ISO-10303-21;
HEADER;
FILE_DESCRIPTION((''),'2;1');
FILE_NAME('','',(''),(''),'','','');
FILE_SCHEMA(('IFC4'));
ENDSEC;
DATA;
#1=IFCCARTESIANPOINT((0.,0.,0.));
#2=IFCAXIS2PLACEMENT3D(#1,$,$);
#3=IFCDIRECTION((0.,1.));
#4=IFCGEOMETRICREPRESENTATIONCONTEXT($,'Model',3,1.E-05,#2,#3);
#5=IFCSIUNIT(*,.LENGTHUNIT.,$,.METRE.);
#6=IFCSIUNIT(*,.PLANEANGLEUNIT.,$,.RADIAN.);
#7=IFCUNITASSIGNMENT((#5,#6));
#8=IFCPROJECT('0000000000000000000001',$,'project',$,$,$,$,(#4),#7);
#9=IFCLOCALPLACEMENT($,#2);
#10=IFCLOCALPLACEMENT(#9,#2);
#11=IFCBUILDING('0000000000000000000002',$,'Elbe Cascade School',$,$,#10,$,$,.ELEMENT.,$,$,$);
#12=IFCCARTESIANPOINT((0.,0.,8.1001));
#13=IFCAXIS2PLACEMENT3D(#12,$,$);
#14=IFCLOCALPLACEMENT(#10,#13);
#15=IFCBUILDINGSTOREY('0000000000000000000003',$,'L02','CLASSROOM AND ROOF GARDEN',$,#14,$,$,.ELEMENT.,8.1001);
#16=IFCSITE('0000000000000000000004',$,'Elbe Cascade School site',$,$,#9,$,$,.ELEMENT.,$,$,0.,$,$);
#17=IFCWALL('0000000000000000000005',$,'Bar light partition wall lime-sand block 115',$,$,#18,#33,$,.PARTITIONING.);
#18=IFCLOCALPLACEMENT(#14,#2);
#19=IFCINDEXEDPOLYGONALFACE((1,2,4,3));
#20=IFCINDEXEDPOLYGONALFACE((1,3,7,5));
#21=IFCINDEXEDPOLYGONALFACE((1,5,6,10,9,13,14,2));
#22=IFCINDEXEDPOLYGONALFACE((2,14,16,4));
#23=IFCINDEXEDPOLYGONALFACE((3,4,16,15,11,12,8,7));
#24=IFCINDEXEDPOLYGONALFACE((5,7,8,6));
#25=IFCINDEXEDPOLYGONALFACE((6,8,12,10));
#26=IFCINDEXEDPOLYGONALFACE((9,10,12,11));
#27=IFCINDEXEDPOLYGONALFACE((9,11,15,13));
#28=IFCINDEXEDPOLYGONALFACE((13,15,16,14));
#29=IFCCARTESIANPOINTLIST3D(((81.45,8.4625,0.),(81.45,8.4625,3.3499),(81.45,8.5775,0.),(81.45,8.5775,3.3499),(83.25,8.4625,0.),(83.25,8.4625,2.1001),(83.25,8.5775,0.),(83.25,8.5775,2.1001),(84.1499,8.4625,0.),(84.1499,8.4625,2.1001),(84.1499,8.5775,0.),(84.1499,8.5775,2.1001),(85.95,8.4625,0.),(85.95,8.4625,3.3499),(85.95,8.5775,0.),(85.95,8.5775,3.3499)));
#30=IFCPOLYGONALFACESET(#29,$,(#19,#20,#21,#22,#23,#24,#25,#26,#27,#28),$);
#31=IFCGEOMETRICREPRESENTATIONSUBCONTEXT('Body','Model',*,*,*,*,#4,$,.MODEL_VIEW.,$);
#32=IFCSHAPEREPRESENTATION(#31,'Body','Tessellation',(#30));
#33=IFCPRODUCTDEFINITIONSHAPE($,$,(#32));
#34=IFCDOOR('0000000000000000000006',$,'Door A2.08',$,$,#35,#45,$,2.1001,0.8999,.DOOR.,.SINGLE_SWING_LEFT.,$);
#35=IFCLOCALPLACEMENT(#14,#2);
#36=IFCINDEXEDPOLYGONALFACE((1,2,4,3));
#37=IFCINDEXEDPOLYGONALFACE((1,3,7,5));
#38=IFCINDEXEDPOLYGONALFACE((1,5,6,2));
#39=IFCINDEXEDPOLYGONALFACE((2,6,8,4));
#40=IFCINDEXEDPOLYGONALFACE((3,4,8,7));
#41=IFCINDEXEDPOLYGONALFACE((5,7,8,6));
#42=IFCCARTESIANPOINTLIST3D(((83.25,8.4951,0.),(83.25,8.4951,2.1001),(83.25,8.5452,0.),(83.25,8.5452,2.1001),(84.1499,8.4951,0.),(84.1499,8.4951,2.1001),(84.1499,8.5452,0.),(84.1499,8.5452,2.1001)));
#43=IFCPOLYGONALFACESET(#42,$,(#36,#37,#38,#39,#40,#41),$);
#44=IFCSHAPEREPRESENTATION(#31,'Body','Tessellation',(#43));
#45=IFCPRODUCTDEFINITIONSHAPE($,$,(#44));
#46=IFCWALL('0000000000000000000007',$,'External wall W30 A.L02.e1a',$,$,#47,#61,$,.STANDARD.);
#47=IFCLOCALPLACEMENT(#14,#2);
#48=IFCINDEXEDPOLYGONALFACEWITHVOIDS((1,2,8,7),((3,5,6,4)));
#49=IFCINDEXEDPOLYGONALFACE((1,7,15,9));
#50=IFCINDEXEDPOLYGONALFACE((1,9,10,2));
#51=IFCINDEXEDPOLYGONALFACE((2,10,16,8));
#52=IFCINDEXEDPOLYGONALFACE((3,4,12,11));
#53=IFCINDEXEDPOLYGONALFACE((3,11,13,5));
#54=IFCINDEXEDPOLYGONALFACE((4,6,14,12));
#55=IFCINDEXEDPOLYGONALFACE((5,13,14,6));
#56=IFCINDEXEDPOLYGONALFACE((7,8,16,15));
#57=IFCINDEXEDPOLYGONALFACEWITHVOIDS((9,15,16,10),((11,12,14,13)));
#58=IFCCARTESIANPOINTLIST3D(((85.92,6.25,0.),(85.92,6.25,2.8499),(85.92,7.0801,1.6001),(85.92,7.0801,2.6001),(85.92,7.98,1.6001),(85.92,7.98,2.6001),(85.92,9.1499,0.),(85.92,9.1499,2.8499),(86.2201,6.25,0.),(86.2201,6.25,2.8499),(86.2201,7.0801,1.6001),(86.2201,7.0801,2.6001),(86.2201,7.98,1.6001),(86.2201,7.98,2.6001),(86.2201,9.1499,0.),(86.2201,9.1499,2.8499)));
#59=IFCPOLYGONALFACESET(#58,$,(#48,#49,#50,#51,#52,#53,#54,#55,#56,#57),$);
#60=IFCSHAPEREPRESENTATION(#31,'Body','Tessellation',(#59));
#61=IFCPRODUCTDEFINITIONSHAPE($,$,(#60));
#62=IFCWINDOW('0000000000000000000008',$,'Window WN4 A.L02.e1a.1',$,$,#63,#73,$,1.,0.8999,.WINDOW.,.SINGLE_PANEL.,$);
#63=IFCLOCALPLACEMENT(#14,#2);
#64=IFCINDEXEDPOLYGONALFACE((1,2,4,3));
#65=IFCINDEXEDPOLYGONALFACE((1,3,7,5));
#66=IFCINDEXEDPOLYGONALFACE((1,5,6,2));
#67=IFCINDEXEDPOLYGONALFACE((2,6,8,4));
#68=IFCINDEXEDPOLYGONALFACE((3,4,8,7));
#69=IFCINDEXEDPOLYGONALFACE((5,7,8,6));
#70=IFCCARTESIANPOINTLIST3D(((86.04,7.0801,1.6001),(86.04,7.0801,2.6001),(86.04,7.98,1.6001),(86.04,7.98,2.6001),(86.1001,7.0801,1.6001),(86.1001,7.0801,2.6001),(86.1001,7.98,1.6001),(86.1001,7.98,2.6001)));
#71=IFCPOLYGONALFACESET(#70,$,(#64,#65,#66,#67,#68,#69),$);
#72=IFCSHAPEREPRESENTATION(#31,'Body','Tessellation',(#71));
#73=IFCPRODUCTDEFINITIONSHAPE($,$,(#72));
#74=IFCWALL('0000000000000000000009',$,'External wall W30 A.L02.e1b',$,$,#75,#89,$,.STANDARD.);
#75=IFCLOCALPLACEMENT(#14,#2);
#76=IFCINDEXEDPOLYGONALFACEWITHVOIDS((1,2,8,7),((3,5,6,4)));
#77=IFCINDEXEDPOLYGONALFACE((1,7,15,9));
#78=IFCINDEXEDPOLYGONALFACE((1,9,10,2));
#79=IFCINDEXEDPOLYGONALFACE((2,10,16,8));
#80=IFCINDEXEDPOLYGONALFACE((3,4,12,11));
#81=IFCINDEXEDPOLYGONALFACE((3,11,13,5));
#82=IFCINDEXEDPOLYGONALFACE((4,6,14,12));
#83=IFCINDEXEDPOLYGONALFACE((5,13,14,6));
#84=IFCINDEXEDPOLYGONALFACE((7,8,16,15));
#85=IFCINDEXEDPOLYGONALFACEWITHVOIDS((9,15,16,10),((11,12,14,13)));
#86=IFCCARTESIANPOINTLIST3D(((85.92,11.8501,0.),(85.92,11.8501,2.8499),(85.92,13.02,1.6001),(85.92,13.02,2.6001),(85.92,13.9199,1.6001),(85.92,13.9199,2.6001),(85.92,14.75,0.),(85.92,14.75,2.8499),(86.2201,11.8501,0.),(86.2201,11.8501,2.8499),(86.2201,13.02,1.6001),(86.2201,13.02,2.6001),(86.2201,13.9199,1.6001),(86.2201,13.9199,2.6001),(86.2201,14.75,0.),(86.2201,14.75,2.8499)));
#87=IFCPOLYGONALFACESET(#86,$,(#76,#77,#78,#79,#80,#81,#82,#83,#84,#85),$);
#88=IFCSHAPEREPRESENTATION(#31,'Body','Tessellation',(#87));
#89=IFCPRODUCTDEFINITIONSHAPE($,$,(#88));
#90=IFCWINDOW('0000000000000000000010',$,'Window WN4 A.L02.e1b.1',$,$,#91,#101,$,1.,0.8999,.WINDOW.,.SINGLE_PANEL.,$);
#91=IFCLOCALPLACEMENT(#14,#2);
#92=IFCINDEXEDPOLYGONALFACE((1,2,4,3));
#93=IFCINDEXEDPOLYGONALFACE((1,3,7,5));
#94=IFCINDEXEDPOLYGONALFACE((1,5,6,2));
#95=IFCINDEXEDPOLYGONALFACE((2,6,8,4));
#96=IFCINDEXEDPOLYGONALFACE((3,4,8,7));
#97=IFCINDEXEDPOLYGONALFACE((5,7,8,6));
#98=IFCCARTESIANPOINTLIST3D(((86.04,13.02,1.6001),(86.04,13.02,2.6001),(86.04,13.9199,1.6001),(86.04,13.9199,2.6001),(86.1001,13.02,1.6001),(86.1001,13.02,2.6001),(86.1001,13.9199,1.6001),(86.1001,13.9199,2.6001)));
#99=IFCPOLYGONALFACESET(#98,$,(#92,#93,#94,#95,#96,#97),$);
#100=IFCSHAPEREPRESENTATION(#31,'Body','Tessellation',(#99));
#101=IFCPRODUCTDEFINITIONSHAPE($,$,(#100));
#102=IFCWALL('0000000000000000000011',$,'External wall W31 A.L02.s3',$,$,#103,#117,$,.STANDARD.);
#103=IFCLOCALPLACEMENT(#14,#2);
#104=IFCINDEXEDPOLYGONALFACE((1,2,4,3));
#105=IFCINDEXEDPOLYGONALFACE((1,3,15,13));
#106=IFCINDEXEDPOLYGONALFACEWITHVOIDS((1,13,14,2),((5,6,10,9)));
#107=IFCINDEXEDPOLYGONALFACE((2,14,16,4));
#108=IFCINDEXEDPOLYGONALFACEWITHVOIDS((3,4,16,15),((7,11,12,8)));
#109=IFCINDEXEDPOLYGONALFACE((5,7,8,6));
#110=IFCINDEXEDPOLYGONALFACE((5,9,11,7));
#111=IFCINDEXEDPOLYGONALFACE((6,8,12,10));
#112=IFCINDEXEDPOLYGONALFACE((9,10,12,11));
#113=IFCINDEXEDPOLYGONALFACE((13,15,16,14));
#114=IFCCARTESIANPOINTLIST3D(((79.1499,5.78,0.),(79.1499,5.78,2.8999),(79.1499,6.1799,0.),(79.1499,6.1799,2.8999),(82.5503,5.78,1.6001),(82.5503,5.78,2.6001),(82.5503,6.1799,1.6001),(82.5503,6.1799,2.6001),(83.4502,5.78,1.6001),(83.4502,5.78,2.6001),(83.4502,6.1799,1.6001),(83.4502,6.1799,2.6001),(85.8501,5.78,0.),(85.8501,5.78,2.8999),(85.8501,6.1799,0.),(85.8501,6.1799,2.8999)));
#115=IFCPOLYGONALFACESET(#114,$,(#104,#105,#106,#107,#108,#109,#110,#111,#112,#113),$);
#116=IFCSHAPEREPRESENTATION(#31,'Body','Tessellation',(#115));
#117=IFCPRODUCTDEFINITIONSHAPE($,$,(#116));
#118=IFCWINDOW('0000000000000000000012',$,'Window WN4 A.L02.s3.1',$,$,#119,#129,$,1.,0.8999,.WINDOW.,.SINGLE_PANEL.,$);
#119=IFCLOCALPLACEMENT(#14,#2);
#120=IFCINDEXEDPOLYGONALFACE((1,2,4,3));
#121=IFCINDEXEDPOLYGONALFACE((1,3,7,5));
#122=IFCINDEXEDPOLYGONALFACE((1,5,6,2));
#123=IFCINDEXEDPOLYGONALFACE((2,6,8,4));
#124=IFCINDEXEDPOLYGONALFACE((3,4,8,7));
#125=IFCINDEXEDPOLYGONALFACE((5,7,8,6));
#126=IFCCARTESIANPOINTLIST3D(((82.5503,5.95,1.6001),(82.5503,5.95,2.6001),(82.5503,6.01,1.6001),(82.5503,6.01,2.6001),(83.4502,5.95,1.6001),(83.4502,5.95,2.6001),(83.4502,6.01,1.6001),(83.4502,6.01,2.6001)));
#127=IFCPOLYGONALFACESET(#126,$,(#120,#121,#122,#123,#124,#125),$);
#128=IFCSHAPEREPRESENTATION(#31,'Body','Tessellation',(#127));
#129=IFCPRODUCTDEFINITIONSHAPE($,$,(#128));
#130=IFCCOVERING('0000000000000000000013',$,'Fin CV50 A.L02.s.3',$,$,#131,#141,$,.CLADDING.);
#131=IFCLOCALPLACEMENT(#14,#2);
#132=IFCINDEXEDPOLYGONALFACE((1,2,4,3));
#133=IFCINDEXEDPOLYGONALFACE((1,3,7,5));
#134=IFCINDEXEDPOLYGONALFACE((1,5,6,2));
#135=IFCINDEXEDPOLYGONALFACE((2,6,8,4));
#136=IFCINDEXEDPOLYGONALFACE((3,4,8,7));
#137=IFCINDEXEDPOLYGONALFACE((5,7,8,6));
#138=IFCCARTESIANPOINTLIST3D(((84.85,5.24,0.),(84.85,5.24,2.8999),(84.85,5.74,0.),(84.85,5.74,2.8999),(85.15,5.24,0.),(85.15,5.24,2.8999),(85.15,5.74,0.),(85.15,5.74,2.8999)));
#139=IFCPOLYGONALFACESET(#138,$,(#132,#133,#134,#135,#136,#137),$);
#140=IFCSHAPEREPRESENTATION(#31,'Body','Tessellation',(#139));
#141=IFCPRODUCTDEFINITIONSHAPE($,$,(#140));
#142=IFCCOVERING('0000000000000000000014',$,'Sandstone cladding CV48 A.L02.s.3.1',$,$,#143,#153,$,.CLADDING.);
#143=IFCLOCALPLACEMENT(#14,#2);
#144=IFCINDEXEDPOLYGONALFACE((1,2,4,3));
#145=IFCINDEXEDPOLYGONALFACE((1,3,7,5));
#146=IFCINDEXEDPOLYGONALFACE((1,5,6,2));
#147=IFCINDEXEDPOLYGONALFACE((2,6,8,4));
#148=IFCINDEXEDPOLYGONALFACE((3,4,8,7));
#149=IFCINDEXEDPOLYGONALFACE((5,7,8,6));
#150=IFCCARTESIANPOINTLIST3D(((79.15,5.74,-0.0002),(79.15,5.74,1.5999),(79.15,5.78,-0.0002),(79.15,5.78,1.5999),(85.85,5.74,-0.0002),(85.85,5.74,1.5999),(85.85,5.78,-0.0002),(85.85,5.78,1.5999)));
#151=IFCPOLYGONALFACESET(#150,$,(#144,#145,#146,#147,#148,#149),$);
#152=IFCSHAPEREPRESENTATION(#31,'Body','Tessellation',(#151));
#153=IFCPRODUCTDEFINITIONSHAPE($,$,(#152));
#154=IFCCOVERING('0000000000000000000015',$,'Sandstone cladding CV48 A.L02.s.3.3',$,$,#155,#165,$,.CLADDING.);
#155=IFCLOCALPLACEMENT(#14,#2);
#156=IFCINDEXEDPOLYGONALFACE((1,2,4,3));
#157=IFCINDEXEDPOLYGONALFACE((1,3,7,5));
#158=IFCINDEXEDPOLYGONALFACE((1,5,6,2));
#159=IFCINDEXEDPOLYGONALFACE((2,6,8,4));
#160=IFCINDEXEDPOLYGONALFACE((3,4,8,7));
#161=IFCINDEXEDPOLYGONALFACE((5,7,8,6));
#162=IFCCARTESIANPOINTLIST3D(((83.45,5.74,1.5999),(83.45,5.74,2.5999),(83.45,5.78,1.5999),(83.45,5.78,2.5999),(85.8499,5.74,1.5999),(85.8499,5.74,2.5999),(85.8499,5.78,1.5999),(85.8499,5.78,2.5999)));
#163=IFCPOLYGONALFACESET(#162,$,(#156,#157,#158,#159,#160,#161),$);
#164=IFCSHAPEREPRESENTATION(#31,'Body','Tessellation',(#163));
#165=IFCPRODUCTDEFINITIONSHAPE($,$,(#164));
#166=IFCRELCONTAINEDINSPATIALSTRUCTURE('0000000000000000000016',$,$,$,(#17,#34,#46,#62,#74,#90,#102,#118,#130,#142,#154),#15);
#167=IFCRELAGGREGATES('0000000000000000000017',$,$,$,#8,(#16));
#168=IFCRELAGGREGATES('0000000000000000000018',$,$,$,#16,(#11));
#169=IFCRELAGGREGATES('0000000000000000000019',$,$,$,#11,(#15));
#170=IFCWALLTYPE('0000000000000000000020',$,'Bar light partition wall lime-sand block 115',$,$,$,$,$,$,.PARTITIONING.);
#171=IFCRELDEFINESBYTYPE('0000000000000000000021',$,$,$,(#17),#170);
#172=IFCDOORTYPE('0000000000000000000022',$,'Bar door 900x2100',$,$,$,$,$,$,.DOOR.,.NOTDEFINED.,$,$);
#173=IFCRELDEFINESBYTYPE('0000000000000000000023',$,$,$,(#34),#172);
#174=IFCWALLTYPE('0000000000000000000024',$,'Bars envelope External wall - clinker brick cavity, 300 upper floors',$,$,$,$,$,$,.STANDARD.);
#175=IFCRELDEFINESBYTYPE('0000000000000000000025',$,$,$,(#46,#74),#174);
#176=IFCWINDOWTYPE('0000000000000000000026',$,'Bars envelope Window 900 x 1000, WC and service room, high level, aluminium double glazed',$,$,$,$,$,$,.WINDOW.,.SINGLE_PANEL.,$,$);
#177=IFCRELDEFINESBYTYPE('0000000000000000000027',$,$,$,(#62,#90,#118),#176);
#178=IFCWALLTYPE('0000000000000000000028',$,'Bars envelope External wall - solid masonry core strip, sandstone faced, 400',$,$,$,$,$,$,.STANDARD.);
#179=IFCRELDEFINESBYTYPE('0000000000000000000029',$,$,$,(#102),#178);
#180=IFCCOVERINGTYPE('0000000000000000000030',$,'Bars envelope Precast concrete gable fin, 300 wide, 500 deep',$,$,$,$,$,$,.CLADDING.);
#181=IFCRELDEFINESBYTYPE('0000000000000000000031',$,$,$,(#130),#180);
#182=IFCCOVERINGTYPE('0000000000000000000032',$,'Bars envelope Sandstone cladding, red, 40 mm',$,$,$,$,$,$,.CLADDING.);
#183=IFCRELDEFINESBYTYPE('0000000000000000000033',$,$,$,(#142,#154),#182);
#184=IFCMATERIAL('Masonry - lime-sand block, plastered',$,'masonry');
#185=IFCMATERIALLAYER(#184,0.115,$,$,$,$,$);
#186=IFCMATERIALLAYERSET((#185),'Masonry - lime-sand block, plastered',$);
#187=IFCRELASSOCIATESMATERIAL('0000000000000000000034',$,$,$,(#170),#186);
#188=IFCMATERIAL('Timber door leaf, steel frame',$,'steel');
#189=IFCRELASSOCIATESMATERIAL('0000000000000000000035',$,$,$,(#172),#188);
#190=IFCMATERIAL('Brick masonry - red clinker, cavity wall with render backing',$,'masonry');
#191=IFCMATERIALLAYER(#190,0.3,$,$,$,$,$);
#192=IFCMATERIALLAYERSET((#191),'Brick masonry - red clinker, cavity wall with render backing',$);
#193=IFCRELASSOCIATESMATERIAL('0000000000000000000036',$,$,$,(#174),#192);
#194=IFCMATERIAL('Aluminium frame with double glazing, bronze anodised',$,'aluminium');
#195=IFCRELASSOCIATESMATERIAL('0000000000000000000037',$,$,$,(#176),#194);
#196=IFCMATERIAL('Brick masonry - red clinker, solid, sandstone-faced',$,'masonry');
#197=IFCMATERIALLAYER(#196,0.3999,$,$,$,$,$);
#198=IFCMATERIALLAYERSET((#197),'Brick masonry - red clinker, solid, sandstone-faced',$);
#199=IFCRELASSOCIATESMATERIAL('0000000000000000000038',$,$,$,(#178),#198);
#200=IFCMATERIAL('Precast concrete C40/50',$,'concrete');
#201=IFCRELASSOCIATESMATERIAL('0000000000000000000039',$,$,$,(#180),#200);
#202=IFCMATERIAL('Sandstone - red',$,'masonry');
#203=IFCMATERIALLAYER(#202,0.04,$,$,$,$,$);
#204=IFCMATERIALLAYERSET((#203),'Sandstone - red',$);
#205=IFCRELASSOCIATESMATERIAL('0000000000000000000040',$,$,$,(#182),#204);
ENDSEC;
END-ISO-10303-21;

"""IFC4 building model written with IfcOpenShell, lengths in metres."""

from ifc_helpers import new_model, si_unit, direction, frame, frame_2d, origin, origin_2d, place, context, subcontext, project, spatial, rectangle, extrude, material, layer, layer_set, type_object, element, fill, save


model = new_model("IFC4")

# Units and contexts
model_context = context("Model", 3, precision=1e-05, world=origin(), true_north=direction((0.0, 1.0)))
body_context = subcontext(model_context, "Body", "Model", "MODEL_VIEW")
ifc_project = project(units=[si_unit("LENGTHUNIT", "METRE"), si_unit("PLANEANGLEUNIT", "RADIAN")], contexts=[model_context])

# Site, building, storey
site_placement = place(None, origin())
site = spatial("IfcSite", under=ifc_project, at=site_placement, Name="Elbe Cascade School site", CompositionType="ELEMENT", RefElevation=0.0)
building_placement = place(site_placement, origin())
building = spatial("IfcBuilding", under=site, at=building_placement, Name="Elbe Cascade School", CompositionType="ELEMENT")
storey_placement = place(building_placement, frame((0.0, 0.0, 8.1001)))
storey = spatial("IfcBuildingStorey", under=building, at=storey_placement, Name="L02", Description="CLASSROOM AND ROOF GARDEN", CompositionType="ELEMENT", Elevation=8.1001)

# Wall, opening, door
ifc_material_1 = material(Name="Masonry - lime-sand block, plastered", Category="masonry")
ifc_layer_1 = layer(ifc_material_1, 0.115)
ifc_layer_set_1 = layer_set([ifc_layer_1], Name="Masonry - lime-sand block, plastered")
wall_type_1 = type_object("IfcWallType", Name="Bar light partition wall lime-sand block 115", PredefinedType="PARTITIONING", material=ifc_layer_set_1)
ifc_material_2 = material(Name="Timber door leaf, steel frame", Category="steel")
door_type = type_object("IfcDoorType", Name="Bar door 900x2100", OperationType="NOTDEFINED", PredefinedType="DOOR", material=ifc_material_2)
wall_1_placement = place(storey_placement, frame((85.95, 8.52, 0.0), z_axis=(0.0, 0.0, 1.0), x_axis=(-1.0, 0.0, 0.0)))
wall_1 = element("IfcWall", 1, at=wall_1_placement, inside=storey, type_object=wall_type_1, Name="Bar light partition wall lime-sand block 115", PredefinedType="PARTITIONING", context=body_context, shape_type="SweptSolid", body=[
    extrude(rectangle(XDim=4.5, YDim=0.115, at=frame_2d((2.25, 0.0))), origin(), (0.0, 0.0, 1.0), 3.3499),
])
opening_1_placement = place(wall_1_placement, frame((1.8, 0.0, 0.0)))
opening_1 = element("IfcOpeningElement", 2, at=opening_1_placement, cuts=wall_1, PredefinedType="OPENING", context=body_context, shape_type="SweptSolid", body=[
    extrude(rectangle(XDim=0.8999, YDim=2.1001, at=frame_2d((0.45, 1.05))), frame((0.0, 0.0674, 0.0), z_axis=(0.0, -1.0, 0.0), x_axis=(1.0, 0.0, 0.0)), (0.0, 0.0, 1.0), 0.135),
])
door_1_placement = place(opening_1_placement, origin())
door_1 = element("IfcDoor", 3, at=door_1_placement, inside=storey, type_object=door_type, Name="Door A2.08", OperationType="SINGLE_SWING_LEFT", OverallHeight=2.1001, OverallWidth=0.8999, PredefinedType="DOOR", context=body_context, shape_type="SweptSolid", body=[
    extrude(rectangle(XDim=0.8999, YDim=2.1001, at=frame_2d((0.45, 1.05))), frame((0.0, 0.0249, 0.0), z_axis=(0.0, -1.0, 0.0), x_axis=(1.0, 0.0, 0.0)), (0.0, 0.0, 1.0), 0.05),
])
fill(opening_1, door_1)

# Walls, openings, windows
ifc_material_3 = material(Name="Brick masonry - red clinker, cavity wall with render backing", Category="masonry")
ifc_layer_2 = layer(ifc_material_3, 0.3)
ifc_layer_set_2 = layer_set([ifc_layer_2], Name="Brick masonry - red clinker, cavity wall with render backing")
wall_type_2 = type_object("IfcWallType", Name="Bars envelope External wall - clinker brick cavity, 300 upper floors", PredefinedType="STANDARD", material=ifc_layer_set_2)
wall_2_placement = place(storey_placement, frame((86.0701, 9.1499, 0.0), z_axis=(0.0, 0.0, 1.0), x_axis=(0.0, -1.0, 0.0)))
wall_2 = element("IfcWall", 4, at=wall_2_placement, inside=storey, type_object=wall_type_2, Name="External wall W30 A.L02.e1a", PredefinedType="STANDARD", context=body_context, shape_type="SweptSolid", body=[
    extrude(rectangle(XDim=2.8999, YDim=0.3, at=frame_2d((1.45, 0.0))), origin(), (0.0, 0.0, 1.0), 2.8499),
])
opening_2_placement = place(wall_2_placement, frame((1.1699, 0.0, 1.6001)))
opening_2 = element("IfcOpeningElement", 5, at=opening_2_placement, cuts=wall_2, PredefinedType="OPENING", context=body_context, shape_type="SweptSolid", body=[
    extrude(rectangle(XDim=0.8999, YDim=1.0, at=frame_2d((0.45, 0.5))), frame((0.0, 0.1599, 0.0), z_axis=(0.0, -1.0, 0.0), x_axis=(1.0, 0.0, 0.0)), (0.0, 0.0, 1.0), 0.3201),
])
ifc_material_4 = material(Name="Aluminium frame with double glazing, bronze anodised", Category="aluminium")
window_type = type_object("IfcWindowType", Name="Bars envelope Window 900 x 1000, WC and service room, high level, aluminium double glazed", PartitioningType="SINGLE_PANEL", PredefinedType="WINDOW", material=ifc_material_4)
window_1_placement = place(opening_2_placement, origin())
window_1 = element("IfcWindow", 6, at=window_1_placement, inside=storey, type_object=window_type, Name="Window WN4 A.L02.e1a.1", OverallHeight=1.0, OverallWidth=0.8999, PartitioningType="SINGLE_PANEL", PredefinedType="WINDOW", context=body_context, shape_type="SweptSolid", body=[
    extrude(rectangle(XDim=0.8999, YDim=1.0, at=frame_2d((0.45, 0.5))), frame((0.0, 0.03, 0.0), z_axis=(0.0, -1.0, 0.0), x_axis=(1.0, 0.0, 0.0)), (0.0, 0.0, 1.0), 0.0601),
])
fill(opening_2, window_1)
wall_3_placement = place(storey_placement, frame((86.0701, 14.75, 0.0), z_axis=(0.0, 0.0, 1.0), x_axis=(0.0, -1.0, 0.0)))
wall_3 = element("IfcWall", 7, at=wall_3_placement, inside=storey, type_object=wall_type_2, Name="External wall W30 A.L02.e1b", PredefinedType="STANDARD", context=body_context, shape_type="SweptSolid", body=[
    extrude(rectangle(XDim=2.8999, YDim=0.3, at=frame_2d((1.45, 0.0))), origin(), (0.0, 0.0, 1.0), 2.8499),
])
opening_3_placement = place(wall_3_placement, frame((0.8301, 0.0, 1.6001)))
opening_3 = element("IfcOpeningElement", 8, at=opening_3_placement, cuts=wall_3, PredefinedType="OPENING", context=body_context, shape_type="SweptSolid", body=[
    extrude(rectangle(XDim=0.8999, YDim=1.0, at=frame_2d((0.45, 0.5))), frame((0.0, 0.1599, 0.0), z_axis=(0.0, -1.0, 0.0), x_axis=(1.0, 0.0, 0.0)), (0.0, 0.0, 1.0), 0.3201),
])
window_2_placement = place(opening_3_placement, origin())
window_2 = element("IfcWindow", 9, at=window_2_placement, inside=storey, type_object=window_type, Name="Window WN4 A.L02.e1b.1", OverallHeight=1.0, OverallWidth=0.8999, PartitioningType="SINGLE_PANEL", PredefinedType="WINDOW", context=body_context, shape_type="SweptSolid", body=[
    extrude(rectangle(XDim=0.8999, YDim=1.0, at=frame_2d((0.45, 0.5))), frame((0.0, 0.03, 0.0), z_axis=(0.0, -1.0, 0.0), x_axis=(1.0, 0.0, 0.0)), (0.0, 0.0, 1.0), 0.0601),
])
fill(opening_3, window_2)
ifc_material_5 = material(Name="Brick masonry - red clinker, solid, sandstone-faced", Category="masonry")
ifc_layer_3 = layer(ifc_material_5, 0.3999)
ifc_layer_set_3 = layer_set([ifc_layer_3], Name="Brick masonry - red clinker, solid, sandstone-faced")
wall_type_3 = type_object("IfcWallType", Name="Bars envelope External wall - solid masonry core strip, sandstone faced, 400", PredefinedType="STANDARD", material=ifc_layer_set_3)
wall_4_placement = place(storey_placement, frame((85.8501, 5.98, 0.0), z_axis=(0.0, 0.0, 1.0), x_axis=(-1.0, 0.0, 0.0)))
wall_4 = element("IfcWall", 10, at=wall_4_placement, inside=storey, type_object=wall_type_3, Name="External wall W31 A.L02.s3", PredefinedType="STANDARD", context=body_context, shape_type="SweptSolid", body=[
    extrude(rectangle(XDim=6.7002, YDim=0.3999, at=frame_2d((3.3501, 0.0))), origin(), (0.0, 0.0, 1.0), 2.8999),
])
opening_4_placement = place(wall_4_placement, frame((2.3999, 0.0, 1.6001)))
opening_4 = element("IfcOpeningElement", 11, at=opening_4_placement, cuts=wall_4, PredefinedType="OPENING", context=body_context, shape_type="SweptSolid", body=[
    extrude(rectangle(XDim=0.8999, YDim=1.0, at=frame_2d((0.45, 0.5))), frame((0.0, 0.21, 0.0), z_axis=(0.0, -1.0, 0.0), x_axis=(1.0, 0.0, 0.0)), (0.0, 0.0, 1.0), 0.4199),
])
window_3_placement = place(opening_4_placement, origin())
window_3 = element("IfcWindow", 12, at=window_3_placement, inside=storey, type_object=window_type, Name="Window WN4 A.L02.s3.1", OverallHeight=1.0, OverallWidth=0.8999, PartitioningType="SINGLE_PANEL", PredefinedType="WINDOW", context=body_context, shape_type="SweptSolid", body=[
    extrude(rectangle(XDim=0.8999, YDim=1.0, at=frame_2d((0.45, 0.5))), frame((0.0, 0.03, 0.0), z_axis=(0.0, -1.0, 0.0), x_axis=(1.0, 0.0, 0.0)), (0.0, 0.0, 1.0), 0.0601),
])
fill(opening_4, window_3)

# Coverings
ifc_material_6 = material(Name="Precast concrete C40/50", Category="concrete")
covering_type_1 = type_object("IfcCoveringType", Name="Bars envelope Precast concrete gable fin, 300 wide, 500 deep", PredefinedType="CLADDING", material=ifc_material_6)
covering_1_placement = place(storey_placement, frame((85.0, 5.49, 0.0), z_axis=(0.0, 0.0, 1.0), x_axis=(1.0, 0.0, 0.0)))
element("IfcCovering", 13, at=covering_1_placement, inside=storey, type_object=covering_type_1, Name="Fin CV50 A.L02.s.3", PredefinedType="CLADDING", context=body_context, shape_type="SweptSolid", body=[
    extrude(rectangle(XDim=0.3, YDim=0.5, at=origin_2d()), origin(), (0.0, 0.0, 1.0), 2.8999),
])
ifc_material_7 = material(Name="Sandstone - red", Category="masonry")
ifc_layer_4 = layer(ifc_material_7, 0.04)
ifc_layer_set_4 = layer_set([ifc_layer_4], Name="Sandstone - red")
covering_type_2 = type_object("IfcCoveringType", Name="Bars envelope Sandstone cladding, red, 40 mm", PredefinedType="CLADDING", material=ifc_layer_set_4)
covering_2_placement = place(storey_placement, frame((82.5, 5.76, -0.0002), z_axis=(0.0, 0.0, 1.0), x_axis=(1.0, 0.0, 0.0)))
element("IfcCovering", 14, at=covering_2_placement, inside=storey, type_object=covering_type_2, Name="Sandstone cladding CV48 A.L02.s.3.1", PredefinedType="CLADDING", context=body_context, shape_type="SweptSolid", body=[
    extrude(rectangle(XDim=6.7, YDim=0.04, at=origin_2d()), origin(), (0.0, 0.0, 1.0), 1.6001),
])
covering_3_placement = place(storey_placement, frame((84.6499, 5.76, 1.5999), z_axis=(0.0, 0.0, 1.0), x_axis=(1.0, 0.0, 0.0)))
element("IfcCovering", 15, at=covering_3_placement, inside=storey, type_object=covering_type_2, Name="Sandstone cladding CV48 A.L02.s.3.3", PredefinedType="CLADDING", context=body_context, shape_type="SweptSolid", body=[
    extrude(rectangle(XDim=2.3999, YDim=0.04, at=origin_2d()), origin(), (0.0, 0.0, 1.0), 1.0),
])

save(model, "model.ifc")
